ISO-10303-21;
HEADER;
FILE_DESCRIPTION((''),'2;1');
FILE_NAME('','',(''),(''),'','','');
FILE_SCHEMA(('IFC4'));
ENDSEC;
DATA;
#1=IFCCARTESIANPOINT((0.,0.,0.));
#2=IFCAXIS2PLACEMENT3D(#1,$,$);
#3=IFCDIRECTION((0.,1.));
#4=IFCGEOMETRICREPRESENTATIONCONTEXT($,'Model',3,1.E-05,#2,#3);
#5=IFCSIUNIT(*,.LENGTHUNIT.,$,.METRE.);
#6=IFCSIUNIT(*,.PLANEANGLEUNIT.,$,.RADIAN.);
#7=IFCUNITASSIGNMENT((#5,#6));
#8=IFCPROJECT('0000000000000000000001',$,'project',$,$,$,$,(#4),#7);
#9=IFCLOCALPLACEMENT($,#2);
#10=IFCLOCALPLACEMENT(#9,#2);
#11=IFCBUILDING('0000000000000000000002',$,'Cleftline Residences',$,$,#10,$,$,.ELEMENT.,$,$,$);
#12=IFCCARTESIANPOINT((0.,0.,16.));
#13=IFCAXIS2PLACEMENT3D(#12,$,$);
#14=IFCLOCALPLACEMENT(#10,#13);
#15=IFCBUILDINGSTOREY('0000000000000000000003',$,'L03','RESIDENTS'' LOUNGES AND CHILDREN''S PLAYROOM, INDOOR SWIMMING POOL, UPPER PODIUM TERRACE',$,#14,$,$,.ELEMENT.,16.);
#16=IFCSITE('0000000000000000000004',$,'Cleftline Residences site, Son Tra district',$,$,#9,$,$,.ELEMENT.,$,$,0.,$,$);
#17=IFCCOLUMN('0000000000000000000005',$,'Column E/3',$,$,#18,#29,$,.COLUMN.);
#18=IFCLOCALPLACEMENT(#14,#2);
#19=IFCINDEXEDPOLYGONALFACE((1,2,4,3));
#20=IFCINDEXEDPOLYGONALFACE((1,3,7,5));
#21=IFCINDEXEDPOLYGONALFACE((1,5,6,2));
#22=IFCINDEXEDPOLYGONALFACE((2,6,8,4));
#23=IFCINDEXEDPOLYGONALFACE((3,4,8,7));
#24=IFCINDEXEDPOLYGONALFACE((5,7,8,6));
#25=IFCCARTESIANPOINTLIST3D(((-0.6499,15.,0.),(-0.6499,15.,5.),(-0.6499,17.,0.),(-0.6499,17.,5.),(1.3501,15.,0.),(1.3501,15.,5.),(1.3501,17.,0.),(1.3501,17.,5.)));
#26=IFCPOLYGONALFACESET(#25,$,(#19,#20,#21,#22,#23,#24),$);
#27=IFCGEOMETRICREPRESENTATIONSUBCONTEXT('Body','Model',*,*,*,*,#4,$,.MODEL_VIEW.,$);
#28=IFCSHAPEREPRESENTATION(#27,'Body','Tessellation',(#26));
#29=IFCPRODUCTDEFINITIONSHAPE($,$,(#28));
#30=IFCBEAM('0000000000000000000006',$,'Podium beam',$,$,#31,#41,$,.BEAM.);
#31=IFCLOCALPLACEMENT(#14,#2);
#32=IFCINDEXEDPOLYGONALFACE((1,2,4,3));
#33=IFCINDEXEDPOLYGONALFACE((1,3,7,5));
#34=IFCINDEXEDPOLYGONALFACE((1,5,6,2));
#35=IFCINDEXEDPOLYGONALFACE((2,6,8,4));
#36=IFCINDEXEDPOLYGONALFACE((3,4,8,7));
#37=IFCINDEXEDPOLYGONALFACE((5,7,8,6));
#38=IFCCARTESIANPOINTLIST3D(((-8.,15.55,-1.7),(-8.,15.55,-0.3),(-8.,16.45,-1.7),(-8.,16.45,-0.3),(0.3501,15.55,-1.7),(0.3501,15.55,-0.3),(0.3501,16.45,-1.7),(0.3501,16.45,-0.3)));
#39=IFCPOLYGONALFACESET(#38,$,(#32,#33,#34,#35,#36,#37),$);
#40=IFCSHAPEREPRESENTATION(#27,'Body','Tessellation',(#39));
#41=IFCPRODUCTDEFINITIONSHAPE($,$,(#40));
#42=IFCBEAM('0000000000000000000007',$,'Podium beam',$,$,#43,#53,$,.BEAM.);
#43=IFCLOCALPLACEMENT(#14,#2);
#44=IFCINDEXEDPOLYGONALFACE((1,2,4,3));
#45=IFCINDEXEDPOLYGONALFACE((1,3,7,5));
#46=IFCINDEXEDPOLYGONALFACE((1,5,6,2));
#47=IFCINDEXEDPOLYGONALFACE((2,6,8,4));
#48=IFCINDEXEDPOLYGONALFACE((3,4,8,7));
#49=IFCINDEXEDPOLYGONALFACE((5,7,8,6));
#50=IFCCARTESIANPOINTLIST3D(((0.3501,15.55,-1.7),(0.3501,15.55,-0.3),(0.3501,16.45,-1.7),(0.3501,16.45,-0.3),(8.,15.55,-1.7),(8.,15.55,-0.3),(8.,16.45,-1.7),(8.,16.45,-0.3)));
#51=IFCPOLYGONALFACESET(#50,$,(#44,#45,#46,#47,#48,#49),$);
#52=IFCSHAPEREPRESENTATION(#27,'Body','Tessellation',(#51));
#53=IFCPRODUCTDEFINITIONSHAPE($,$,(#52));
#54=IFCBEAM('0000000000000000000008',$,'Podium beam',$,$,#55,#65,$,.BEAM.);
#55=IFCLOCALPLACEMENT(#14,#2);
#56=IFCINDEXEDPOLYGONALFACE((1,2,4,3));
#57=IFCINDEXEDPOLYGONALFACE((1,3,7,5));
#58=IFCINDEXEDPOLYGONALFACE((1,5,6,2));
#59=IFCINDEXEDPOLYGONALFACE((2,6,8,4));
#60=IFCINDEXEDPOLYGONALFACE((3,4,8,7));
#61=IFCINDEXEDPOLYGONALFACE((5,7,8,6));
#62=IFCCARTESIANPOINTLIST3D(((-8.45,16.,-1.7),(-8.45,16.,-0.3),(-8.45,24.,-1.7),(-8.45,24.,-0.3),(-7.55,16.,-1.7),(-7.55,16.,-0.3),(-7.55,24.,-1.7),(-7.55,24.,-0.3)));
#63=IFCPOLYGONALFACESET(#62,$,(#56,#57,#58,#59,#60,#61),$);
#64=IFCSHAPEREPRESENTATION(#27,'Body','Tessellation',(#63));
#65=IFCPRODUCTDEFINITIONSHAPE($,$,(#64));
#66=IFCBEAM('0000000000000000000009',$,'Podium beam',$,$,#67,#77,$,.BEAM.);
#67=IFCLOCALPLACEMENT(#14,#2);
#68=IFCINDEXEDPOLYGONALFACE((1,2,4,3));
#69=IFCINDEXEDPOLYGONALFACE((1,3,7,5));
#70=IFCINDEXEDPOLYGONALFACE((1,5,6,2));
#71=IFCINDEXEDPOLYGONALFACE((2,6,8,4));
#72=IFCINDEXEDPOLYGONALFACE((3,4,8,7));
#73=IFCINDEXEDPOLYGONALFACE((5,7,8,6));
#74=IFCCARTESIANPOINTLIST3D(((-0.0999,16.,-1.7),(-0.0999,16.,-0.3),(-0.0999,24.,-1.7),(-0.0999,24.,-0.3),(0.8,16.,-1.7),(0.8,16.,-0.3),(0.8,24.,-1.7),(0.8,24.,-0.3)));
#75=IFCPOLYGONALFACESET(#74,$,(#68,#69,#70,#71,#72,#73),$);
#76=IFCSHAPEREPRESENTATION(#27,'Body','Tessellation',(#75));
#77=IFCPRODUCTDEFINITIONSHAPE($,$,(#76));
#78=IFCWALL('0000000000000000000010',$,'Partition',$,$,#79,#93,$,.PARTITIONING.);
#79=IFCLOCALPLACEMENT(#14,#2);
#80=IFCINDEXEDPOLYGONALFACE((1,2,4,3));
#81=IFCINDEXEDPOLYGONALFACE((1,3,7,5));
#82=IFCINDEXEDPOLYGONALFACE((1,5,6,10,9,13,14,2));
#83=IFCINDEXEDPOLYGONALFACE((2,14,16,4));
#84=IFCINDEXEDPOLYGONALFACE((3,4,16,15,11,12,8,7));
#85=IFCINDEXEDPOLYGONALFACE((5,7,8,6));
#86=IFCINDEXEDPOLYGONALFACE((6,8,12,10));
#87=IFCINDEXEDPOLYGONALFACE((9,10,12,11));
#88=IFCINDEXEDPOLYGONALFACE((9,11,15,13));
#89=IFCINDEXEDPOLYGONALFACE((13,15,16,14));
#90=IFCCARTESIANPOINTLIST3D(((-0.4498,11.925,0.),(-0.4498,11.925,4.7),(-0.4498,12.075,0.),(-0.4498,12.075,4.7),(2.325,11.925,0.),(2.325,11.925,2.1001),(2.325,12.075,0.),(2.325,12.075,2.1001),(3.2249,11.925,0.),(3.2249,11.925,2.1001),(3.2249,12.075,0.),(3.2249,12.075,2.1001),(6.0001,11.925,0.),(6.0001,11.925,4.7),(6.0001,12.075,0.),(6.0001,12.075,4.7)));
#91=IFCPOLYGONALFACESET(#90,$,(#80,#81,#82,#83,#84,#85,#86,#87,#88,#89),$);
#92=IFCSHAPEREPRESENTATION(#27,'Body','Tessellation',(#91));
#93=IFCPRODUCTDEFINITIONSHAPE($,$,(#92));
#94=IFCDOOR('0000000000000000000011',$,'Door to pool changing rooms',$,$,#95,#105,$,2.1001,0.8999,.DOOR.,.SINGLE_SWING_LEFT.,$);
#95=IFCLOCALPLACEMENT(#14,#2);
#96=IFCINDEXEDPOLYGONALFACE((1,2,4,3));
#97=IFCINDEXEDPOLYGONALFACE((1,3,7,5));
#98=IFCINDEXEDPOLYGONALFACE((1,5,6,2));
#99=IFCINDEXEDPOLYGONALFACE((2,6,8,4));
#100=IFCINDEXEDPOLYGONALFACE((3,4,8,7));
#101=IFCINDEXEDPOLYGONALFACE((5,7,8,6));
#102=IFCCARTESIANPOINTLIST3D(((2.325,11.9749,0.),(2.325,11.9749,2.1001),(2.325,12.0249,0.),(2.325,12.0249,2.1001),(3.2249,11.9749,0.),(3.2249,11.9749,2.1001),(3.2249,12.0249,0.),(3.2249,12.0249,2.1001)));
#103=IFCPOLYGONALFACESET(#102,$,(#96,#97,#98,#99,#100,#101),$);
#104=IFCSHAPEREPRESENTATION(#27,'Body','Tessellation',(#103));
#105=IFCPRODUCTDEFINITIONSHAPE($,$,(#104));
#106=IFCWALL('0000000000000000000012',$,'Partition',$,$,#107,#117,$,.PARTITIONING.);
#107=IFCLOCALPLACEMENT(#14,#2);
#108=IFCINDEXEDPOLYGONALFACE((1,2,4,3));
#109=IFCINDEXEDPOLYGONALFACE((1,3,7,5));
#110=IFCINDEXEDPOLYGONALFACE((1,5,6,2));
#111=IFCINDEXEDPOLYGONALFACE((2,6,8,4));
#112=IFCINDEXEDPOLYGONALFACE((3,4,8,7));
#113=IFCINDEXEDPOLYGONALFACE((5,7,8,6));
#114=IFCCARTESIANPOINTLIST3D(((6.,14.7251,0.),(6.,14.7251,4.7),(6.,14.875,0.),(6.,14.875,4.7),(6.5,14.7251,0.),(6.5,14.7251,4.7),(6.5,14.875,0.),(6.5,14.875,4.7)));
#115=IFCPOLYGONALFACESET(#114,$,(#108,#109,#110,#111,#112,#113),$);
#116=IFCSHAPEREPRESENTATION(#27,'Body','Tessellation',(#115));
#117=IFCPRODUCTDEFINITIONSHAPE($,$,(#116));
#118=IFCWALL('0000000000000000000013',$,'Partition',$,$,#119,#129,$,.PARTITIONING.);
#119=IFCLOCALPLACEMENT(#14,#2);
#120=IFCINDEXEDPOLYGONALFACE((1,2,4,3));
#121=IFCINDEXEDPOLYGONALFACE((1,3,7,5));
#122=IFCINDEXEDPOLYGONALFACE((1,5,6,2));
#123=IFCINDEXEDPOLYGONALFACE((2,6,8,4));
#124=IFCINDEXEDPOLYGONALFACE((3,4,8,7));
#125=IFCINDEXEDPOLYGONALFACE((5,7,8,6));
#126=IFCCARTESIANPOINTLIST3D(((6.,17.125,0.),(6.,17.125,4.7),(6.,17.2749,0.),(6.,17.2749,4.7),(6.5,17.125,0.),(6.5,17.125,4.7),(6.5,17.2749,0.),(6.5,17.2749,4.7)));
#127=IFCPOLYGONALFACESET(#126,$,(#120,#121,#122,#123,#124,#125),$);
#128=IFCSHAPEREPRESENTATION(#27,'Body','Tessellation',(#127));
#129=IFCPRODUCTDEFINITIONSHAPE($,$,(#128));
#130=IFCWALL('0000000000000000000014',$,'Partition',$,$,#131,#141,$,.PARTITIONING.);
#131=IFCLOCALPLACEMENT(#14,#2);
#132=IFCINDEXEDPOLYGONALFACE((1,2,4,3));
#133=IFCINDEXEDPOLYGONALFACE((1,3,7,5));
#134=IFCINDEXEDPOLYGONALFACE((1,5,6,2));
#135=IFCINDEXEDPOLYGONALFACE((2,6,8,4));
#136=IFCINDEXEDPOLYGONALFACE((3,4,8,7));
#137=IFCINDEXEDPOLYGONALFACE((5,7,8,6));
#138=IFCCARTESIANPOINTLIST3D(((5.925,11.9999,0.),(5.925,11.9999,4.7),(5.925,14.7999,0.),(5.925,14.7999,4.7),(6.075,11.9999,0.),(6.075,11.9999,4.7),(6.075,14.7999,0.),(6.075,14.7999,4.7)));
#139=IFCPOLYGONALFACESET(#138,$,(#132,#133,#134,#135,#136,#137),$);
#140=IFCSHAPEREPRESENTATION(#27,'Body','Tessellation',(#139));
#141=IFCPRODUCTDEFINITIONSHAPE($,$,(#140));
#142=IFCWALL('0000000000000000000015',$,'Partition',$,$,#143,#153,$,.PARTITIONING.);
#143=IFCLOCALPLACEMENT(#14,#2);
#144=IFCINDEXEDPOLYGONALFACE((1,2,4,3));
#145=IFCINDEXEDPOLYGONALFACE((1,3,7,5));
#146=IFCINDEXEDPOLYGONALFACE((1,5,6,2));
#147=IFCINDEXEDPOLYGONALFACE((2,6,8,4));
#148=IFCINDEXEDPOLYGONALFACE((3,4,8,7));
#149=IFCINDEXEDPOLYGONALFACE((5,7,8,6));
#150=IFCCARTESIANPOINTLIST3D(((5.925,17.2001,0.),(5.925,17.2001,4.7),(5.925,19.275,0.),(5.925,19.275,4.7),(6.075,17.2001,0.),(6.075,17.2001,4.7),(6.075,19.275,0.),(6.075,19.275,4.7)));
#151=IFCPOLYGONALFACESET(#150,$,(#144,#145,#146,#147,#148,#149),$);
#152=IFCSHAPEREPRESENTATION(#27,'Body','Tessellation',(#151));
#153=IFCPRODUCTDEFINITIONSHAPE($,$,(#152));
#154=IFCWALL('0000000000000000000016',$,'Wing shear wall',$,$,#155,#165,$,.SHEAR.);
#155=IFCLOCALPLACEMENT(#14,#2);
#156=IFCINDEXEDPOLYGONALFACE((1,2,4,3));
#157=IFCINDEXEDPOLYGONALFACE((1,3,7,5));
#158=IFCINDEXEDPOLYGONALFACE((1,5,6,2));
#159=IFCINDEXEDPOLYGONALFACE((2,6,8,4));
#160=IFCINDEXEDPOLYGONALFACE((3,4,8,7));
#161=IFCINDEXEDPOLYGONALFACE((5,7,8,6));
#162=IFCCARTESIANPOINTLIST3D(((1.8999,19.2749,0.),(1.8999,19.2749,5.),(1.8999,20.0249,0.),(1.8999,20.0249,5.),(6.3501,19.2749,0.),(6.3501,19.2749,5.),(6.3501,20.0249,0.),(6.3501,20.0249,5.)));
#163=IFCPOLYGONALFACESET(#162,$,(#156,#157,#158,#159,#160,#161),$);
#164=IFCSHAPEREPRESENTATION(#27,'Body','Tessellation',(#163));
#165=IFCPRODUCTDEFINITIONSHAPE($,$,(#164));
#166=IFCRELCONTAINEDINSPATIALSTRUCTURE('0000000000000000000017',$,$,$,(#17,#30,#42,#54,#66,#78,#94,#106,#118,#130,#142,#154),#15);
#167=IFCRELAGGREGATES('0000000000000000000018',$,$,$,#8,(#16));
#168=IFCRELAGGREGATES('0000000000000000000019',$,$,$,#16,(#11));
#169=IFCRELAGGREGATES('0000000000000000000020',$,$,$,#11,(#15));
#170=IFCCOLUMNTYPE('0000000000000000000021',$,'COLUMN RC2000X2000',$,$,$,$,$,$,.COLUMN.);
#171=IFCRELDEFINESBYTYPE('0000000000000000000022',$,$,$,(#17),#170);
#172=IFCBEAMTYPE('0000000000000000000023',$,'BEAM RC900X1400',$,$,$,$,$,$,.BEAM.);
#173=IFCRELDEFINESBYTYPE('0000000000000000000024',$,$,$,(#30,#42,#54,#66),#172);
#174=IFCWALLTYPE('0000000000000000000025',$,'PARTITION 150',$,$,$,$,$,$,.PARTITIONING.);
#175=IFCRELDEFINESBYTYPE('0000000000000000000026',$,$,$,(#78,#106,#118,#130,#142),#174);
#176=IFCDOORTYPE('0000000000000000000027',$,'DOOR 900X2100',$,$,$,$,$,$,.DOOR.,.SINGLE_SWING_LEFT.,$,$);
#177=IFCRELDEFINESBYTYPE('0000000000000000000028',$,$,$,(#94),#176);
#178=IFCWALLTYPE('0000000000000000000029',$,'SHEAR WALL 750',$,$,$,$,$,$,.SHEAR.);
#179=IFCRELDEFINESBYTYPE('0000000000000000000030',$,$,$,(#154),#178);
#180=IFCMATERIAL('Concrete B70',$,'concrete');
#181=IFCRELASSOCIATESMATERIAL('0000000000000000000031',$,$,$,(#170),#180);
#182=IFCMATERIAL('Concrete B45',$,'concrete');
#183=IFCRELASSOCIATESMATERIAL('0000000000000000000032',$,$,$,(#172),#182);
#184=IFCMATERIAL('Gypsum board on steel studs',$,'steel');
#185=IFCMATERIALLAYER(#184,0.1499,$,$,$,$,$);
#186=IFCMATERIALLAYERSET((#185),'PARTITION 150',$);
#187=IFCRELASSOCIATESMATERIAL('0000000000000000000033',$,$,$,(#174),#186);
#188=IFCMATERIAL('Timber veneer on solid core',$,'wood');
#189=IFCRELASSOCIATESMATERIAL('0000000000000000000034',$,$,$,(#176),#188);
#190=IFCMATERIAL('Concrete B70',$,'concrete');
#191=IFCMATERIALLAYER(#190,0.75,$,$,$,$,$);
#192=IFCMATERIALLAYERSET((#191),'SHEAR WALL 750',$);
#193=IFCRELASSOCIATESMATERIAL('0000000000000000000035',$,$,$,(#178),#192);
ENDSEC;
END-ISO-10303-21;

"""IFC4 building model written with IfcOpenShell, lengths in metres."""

from ifc_helpers import new_model, si_unit, direction, frame, frame_2d, origin, origin_2d, place, context, subcontext, project, spatial, rectangle, extrude, material, layer, layer_set, material_profile, profile_set, type_object, element, fill, save


model = new_model("IFC4")

# Units and contexts
model_context = context("Model", 3, precision=1e-05, world=origin(), true_north=direction((0.0, 1.0)))
body_context = subcontext(model_context, "Body", "Model", "MODEL_VIEW")
ifc_project = project(units=[si_unit("LENGTHUNIT", "METRE"), si_unit("PLANEANGLEUNIT", "RADIAN")], contexts=[model_context])

# Site, building, storey
site_placement = place(None, origin())
site = spatial("IfcSite", under=ifc_project, at=site_placement, Name="Cleftline Residences site, Son Tra district", CompositionType="ELEMENT", RefElevation=0.0)
building_placement = place(site_placement, origin())
building = spatial("IfcBuilding", under=site, at=building_placement, Name="Cleftline Residences", CompositionType="ELEMENT")
storey_placement = place(building_placement, frame((0.0, 0.0, 16.0)))
storey = spatial("IfcBuildingStorey", under=building, at=storey_placement, Name="L03", Description="RESIDENTS' LOUNGES AND CHILDREN'S PLAYROOM, INDOOR SWIMMING POOL, UPPER PODIUM TERRACE", CompositionType="ELEMENT", Elevation=16.0)

# Column
ifc_material_1 = material(Name="Concrete B70", Category="concrete")
ifc_material_profile_1 = material_profile(ifc_material_1, rectangle(XDim=2.0, YDim=2.0, at=origin_2d()))
ifc_profile_set_1 = profile_set([ifc_material_profile_1], Name="Concrete B70")
column_type = type_object("IfcColumnType", Name="COLUMN RC2000X2000", PredefinedType="COLUMN", material=ifc_profile_set_1)
column_placement = place(storey_placement, frame((0.3501, 16.0, 0.0), z_axis=(0.0, 0.0, 1.0), x_axis=(1.0, 0.0, 0.0)))
element("IfcColumn", 1, at=column_placement, inside=storey, type_object=column_type, Name="Column E/3", PredefinedType="COLUMN", context=body_context, shape_type="SweptSolid", body=[
    extrude(rectangle(XDim=2.0, YDim=2.0, at=origin_2d()), origin(), (0.0, 0.0, 1.0), 5.0),
])

# Beams
ifc_material_2 = material(Name="Concrete B45", Category="concrete")
ifc_material_profile_2 = material_profile(ifc_material_2, rectangle(XDim=0.8999, YDim=1.3999, at=origin_2d()))
ifc_profile_set_2 = profile_set([ifc_material_profile_2], Name="Concrete B45")
beam_type = type_object("IfcBeamType", Name="BEAM RC900X1400", PredefinedType="BEAM", material=ifc_profile_set_2)
beam_1_placement = place(storey_placement, frame((-8.0, 16.0, -1.0), z_axis=(1.0, 0.0, 0.0), x_axis=(0.0, 1.0, 0.0)))
element("IfcBeam", 2, at=beam_1_placement, inside=storey, type_object=beam_type, Name="Podium beam", PredefinedType="BEAM", context=body_context, shape_type="SweptSolid", body=[
    extrude(rectangle(XDim=0.8999, YDim=1.3999, at=origin_2d()), origin(), (0.0, 0.0, 1.0), 8.3501),
])
beam_2_placement = place(storey_placement, frame((0.3501, 16.0, -1.0), z_axis=(1.0, 0.0, 0.0), x_axis=(0.0, 1.0, 0.0)))
element("IfcBeam", 3, at=beam_2_placement, inside=storey, type_object=beam_type, Name="Podium beam", PredefinedType="BEAM", context=body_context, shape_type="SweptSolid", body=[
    extrude(rectangle(XDim=0.8999, YDim=1.3999, at=origin_2d()), origin(), (0.0, 0.0, 1.0), 7.6499),
])
for number, where, z_axis, x_axis, name in (
    (4, (-8.0, 16.0, -1.0), (0.0, 1.0, 0.0), (-1.0, 0.0, 0.0), "Podium beam"),
    (5, (0.3501, 16.0, -1.0), (0.0, 1.0, 0.0), (-1.0, 0.0, 0.0), "Podium beam"),
):
    element("IfcBeam", number, at=place(storey_placement, frame(where, z_axis=z_axis, x_axis=x_axis)), inside=storey, type_object=beam_type, Name=name, PredefinedType="BEAM", context=body_context, shape_type="SweptSolid", body=[
        extrude(rectangle(XDim=0.8999, YDim=1.3999, at=origin_2d()), origin(), (0.0, 0.0, 1.0), 8.0),
    ])

# Wall, opening, door
ifc_material_3 = material(Name="Gypsum board on steel studs", Category="steel")
ifc_layer_1 = layer(ifc_material_3, 0.1499)
ifc_layer_set_1 = layer_set([ifc_layer_1], Name="PARTITION 150")
wall_type_1 = type_object("IfcWallType", Name="PARTITION 150", PredefinedType="PARTITIONING", material=ifc_layer_set_1)
wall_1_placement = place(storey_placement, frame((-0.45, 12.0, 0.0), z_axis=(0.0, 0.0, 1.0), x_axis=(1.0, 0.0, 0.0)))
wall_1 = element("IfcWall", 6, at=wall_1_placement, inside=storey, type_object=wall_type_1, Name="Partition", PredefinedType="PARTITIONING", context=body_context, shape_type="SweptSolid", body=[
    extrude(rectangle(XDim=6.45, YDim=0.1499, at=frame_2d((3.2251, 0.0))), origin(), (0.0, 0.0, 1.0), 4.7),
])
opening_1_placement = place(wall_1_placement, frame((2.7749, 0.0, 0.0)))
opening_1 = element("IfcOpeningElement", 7, at=opening_1_placement, cuts=wall_1, PredefinedType="OPENING", context=body_context, shape_type="SweptSolid", body=[
    extrude(rectangle(XDim=0.8999, YDim=2.1001, at=frame_2d((0.45, 1.05))), frame((0.0, 0.085, 0.0), z_axis=(0.0, -1.0, 0.0), x_axis=(1.0, 0.0, 0.0)), (0.0, 0.0, 1.0), 0.1699),
])
ifc_material_4 = material(Name="Timber veneer on solid core", Category="wood")
door_type_1 = type_object("IfcDoorType", Name="DOOR 900X2100", OperationType="SINGLE_SWING_LEFT", PredefinedType="DOOR", material=ifc_material_4)
door_1_placement = place(opening_1_placement, origin())
door_1 = element("IfcDoor", 8, at=door_1_placement, inside=storey, type_object=door_type_1, Name="Door to pool changing rooms", OperationType="SINGLE_SWING_LEFT", OverallHeight=2.1001, OverallWidth=0.8999, PredefinedType="DOOR", context=body_context, shape_type="SweptSolid", body=[
    extrude(rectangle(XDim=0.8999, YDim=2.1001, at=frame_2d((0.45, 1.05))), frame((0.0, 0.0249, 0.0), z_axis=(0.0, -1.0, 0.0), x_axis=(1.0, 0.0, 0.0)), (0.0, 0.0, 1.0), 0.05),
])
fill(opening_1, door_1)

# Walls
for number, where, z_axis, x_axis, name in (
    (9, (6.0, 14.8, 0.0), (0.0, 0.0, 1.0), (1.0, 0.0, 0.0), "Partition"),
    (10, (6.0, 17.2, 0.0), (0.0, 0.0, 1.0), (1.0, 0.0, 0.0), "Partition"),
):
    element("IfcWall", number, at=place(storey_placement, frame(where, z_axis=z_axis, x_axis=x_axis)), inside=storey, type_object=wall_type_1, Name=name, PredefinedType="PARTITIONING", context=body_context, shape_type="SweptSolid", body=[
        extrude(rectangle(XDim=0.5, YDim=0.1499, at=frame_2d((0.25, 0.0))), origin(), (0.0, 0.0, 1.0), 4.7),
    ])
wall_2_placement = place(storey_placement, frame((6.0, 12.0, 0.0), z_axis=(0.0, 0.0, 1.0), x_axis=(0.0, 1.0, 0.0)))
element("IfcWall", 11, at=wall_2_placement, inside=storey, type_object=wall_type_1, Name="Partition", PredefinedType="PARTITIONING", context=body_context, shape_type="SweptSolid", body=[
    extrude(rectangle(XDim=2.8, YDim=0.1499, at=frame_2d((1.3999, 0.0))), origin(), (0.0, 0.0, 1.0), 4.7),
])
wall_3_placement = place(storey_placement, frame((6.0, 17.2, 0.0), z_axis=(0.0, 0.0, 1.0), x_axis=(0.0, 1.0, 0.0)))
element("IfcWall", 12, at=wall_3_placement, inside=storey, type_object=wall_type_1, Name="Partition", PredefinedType="PARTITIONING", context=body_context, shape_type="SweptSolid", body=[
    extrude(rectangle(XDim=2.075, YDim=0.1499, at=frame_2d((1.0376, 0.0))), origin(), (0.0, 0.0, 1.0), 4.7),
])
ifc_material_5 = material(Name="Concrete B70", Category="concrete")
ifc_layer_2 = layer(ifc_material_5, 0.75)
ifc_layer_set_2 = layer_set([ifc_layer_2], Name="SHEAR WALL 750")
wall_type_2 = type_object("IfcWallType", Name="SHEAR WALL 750", PredefinedType="SHEAR", material=ifc_layer_set_2)
wall_4_placement = place(storey_placement, frame((1.8999, 19.6499, 0.0), z_axis=(0.0, 0.0, 1.0), x_axis=(1.0, 0.0, 0.0)))
element("IfcWall", 13, at=wall_4_placement, inside=storey, type_object=wall_type_2, Name="Wing shear wall", PredefinedType="SHEAR", context=body_context, shape_type="SweptSolid", body=[
    extrude(rectangle(XDim=4.4502, YDim=0.75, at=frame_2d((2.2251, 0.0))), origin(), (0.0, 0.0, 1.0), 5.0),
])

save(model, "model.ifc")
